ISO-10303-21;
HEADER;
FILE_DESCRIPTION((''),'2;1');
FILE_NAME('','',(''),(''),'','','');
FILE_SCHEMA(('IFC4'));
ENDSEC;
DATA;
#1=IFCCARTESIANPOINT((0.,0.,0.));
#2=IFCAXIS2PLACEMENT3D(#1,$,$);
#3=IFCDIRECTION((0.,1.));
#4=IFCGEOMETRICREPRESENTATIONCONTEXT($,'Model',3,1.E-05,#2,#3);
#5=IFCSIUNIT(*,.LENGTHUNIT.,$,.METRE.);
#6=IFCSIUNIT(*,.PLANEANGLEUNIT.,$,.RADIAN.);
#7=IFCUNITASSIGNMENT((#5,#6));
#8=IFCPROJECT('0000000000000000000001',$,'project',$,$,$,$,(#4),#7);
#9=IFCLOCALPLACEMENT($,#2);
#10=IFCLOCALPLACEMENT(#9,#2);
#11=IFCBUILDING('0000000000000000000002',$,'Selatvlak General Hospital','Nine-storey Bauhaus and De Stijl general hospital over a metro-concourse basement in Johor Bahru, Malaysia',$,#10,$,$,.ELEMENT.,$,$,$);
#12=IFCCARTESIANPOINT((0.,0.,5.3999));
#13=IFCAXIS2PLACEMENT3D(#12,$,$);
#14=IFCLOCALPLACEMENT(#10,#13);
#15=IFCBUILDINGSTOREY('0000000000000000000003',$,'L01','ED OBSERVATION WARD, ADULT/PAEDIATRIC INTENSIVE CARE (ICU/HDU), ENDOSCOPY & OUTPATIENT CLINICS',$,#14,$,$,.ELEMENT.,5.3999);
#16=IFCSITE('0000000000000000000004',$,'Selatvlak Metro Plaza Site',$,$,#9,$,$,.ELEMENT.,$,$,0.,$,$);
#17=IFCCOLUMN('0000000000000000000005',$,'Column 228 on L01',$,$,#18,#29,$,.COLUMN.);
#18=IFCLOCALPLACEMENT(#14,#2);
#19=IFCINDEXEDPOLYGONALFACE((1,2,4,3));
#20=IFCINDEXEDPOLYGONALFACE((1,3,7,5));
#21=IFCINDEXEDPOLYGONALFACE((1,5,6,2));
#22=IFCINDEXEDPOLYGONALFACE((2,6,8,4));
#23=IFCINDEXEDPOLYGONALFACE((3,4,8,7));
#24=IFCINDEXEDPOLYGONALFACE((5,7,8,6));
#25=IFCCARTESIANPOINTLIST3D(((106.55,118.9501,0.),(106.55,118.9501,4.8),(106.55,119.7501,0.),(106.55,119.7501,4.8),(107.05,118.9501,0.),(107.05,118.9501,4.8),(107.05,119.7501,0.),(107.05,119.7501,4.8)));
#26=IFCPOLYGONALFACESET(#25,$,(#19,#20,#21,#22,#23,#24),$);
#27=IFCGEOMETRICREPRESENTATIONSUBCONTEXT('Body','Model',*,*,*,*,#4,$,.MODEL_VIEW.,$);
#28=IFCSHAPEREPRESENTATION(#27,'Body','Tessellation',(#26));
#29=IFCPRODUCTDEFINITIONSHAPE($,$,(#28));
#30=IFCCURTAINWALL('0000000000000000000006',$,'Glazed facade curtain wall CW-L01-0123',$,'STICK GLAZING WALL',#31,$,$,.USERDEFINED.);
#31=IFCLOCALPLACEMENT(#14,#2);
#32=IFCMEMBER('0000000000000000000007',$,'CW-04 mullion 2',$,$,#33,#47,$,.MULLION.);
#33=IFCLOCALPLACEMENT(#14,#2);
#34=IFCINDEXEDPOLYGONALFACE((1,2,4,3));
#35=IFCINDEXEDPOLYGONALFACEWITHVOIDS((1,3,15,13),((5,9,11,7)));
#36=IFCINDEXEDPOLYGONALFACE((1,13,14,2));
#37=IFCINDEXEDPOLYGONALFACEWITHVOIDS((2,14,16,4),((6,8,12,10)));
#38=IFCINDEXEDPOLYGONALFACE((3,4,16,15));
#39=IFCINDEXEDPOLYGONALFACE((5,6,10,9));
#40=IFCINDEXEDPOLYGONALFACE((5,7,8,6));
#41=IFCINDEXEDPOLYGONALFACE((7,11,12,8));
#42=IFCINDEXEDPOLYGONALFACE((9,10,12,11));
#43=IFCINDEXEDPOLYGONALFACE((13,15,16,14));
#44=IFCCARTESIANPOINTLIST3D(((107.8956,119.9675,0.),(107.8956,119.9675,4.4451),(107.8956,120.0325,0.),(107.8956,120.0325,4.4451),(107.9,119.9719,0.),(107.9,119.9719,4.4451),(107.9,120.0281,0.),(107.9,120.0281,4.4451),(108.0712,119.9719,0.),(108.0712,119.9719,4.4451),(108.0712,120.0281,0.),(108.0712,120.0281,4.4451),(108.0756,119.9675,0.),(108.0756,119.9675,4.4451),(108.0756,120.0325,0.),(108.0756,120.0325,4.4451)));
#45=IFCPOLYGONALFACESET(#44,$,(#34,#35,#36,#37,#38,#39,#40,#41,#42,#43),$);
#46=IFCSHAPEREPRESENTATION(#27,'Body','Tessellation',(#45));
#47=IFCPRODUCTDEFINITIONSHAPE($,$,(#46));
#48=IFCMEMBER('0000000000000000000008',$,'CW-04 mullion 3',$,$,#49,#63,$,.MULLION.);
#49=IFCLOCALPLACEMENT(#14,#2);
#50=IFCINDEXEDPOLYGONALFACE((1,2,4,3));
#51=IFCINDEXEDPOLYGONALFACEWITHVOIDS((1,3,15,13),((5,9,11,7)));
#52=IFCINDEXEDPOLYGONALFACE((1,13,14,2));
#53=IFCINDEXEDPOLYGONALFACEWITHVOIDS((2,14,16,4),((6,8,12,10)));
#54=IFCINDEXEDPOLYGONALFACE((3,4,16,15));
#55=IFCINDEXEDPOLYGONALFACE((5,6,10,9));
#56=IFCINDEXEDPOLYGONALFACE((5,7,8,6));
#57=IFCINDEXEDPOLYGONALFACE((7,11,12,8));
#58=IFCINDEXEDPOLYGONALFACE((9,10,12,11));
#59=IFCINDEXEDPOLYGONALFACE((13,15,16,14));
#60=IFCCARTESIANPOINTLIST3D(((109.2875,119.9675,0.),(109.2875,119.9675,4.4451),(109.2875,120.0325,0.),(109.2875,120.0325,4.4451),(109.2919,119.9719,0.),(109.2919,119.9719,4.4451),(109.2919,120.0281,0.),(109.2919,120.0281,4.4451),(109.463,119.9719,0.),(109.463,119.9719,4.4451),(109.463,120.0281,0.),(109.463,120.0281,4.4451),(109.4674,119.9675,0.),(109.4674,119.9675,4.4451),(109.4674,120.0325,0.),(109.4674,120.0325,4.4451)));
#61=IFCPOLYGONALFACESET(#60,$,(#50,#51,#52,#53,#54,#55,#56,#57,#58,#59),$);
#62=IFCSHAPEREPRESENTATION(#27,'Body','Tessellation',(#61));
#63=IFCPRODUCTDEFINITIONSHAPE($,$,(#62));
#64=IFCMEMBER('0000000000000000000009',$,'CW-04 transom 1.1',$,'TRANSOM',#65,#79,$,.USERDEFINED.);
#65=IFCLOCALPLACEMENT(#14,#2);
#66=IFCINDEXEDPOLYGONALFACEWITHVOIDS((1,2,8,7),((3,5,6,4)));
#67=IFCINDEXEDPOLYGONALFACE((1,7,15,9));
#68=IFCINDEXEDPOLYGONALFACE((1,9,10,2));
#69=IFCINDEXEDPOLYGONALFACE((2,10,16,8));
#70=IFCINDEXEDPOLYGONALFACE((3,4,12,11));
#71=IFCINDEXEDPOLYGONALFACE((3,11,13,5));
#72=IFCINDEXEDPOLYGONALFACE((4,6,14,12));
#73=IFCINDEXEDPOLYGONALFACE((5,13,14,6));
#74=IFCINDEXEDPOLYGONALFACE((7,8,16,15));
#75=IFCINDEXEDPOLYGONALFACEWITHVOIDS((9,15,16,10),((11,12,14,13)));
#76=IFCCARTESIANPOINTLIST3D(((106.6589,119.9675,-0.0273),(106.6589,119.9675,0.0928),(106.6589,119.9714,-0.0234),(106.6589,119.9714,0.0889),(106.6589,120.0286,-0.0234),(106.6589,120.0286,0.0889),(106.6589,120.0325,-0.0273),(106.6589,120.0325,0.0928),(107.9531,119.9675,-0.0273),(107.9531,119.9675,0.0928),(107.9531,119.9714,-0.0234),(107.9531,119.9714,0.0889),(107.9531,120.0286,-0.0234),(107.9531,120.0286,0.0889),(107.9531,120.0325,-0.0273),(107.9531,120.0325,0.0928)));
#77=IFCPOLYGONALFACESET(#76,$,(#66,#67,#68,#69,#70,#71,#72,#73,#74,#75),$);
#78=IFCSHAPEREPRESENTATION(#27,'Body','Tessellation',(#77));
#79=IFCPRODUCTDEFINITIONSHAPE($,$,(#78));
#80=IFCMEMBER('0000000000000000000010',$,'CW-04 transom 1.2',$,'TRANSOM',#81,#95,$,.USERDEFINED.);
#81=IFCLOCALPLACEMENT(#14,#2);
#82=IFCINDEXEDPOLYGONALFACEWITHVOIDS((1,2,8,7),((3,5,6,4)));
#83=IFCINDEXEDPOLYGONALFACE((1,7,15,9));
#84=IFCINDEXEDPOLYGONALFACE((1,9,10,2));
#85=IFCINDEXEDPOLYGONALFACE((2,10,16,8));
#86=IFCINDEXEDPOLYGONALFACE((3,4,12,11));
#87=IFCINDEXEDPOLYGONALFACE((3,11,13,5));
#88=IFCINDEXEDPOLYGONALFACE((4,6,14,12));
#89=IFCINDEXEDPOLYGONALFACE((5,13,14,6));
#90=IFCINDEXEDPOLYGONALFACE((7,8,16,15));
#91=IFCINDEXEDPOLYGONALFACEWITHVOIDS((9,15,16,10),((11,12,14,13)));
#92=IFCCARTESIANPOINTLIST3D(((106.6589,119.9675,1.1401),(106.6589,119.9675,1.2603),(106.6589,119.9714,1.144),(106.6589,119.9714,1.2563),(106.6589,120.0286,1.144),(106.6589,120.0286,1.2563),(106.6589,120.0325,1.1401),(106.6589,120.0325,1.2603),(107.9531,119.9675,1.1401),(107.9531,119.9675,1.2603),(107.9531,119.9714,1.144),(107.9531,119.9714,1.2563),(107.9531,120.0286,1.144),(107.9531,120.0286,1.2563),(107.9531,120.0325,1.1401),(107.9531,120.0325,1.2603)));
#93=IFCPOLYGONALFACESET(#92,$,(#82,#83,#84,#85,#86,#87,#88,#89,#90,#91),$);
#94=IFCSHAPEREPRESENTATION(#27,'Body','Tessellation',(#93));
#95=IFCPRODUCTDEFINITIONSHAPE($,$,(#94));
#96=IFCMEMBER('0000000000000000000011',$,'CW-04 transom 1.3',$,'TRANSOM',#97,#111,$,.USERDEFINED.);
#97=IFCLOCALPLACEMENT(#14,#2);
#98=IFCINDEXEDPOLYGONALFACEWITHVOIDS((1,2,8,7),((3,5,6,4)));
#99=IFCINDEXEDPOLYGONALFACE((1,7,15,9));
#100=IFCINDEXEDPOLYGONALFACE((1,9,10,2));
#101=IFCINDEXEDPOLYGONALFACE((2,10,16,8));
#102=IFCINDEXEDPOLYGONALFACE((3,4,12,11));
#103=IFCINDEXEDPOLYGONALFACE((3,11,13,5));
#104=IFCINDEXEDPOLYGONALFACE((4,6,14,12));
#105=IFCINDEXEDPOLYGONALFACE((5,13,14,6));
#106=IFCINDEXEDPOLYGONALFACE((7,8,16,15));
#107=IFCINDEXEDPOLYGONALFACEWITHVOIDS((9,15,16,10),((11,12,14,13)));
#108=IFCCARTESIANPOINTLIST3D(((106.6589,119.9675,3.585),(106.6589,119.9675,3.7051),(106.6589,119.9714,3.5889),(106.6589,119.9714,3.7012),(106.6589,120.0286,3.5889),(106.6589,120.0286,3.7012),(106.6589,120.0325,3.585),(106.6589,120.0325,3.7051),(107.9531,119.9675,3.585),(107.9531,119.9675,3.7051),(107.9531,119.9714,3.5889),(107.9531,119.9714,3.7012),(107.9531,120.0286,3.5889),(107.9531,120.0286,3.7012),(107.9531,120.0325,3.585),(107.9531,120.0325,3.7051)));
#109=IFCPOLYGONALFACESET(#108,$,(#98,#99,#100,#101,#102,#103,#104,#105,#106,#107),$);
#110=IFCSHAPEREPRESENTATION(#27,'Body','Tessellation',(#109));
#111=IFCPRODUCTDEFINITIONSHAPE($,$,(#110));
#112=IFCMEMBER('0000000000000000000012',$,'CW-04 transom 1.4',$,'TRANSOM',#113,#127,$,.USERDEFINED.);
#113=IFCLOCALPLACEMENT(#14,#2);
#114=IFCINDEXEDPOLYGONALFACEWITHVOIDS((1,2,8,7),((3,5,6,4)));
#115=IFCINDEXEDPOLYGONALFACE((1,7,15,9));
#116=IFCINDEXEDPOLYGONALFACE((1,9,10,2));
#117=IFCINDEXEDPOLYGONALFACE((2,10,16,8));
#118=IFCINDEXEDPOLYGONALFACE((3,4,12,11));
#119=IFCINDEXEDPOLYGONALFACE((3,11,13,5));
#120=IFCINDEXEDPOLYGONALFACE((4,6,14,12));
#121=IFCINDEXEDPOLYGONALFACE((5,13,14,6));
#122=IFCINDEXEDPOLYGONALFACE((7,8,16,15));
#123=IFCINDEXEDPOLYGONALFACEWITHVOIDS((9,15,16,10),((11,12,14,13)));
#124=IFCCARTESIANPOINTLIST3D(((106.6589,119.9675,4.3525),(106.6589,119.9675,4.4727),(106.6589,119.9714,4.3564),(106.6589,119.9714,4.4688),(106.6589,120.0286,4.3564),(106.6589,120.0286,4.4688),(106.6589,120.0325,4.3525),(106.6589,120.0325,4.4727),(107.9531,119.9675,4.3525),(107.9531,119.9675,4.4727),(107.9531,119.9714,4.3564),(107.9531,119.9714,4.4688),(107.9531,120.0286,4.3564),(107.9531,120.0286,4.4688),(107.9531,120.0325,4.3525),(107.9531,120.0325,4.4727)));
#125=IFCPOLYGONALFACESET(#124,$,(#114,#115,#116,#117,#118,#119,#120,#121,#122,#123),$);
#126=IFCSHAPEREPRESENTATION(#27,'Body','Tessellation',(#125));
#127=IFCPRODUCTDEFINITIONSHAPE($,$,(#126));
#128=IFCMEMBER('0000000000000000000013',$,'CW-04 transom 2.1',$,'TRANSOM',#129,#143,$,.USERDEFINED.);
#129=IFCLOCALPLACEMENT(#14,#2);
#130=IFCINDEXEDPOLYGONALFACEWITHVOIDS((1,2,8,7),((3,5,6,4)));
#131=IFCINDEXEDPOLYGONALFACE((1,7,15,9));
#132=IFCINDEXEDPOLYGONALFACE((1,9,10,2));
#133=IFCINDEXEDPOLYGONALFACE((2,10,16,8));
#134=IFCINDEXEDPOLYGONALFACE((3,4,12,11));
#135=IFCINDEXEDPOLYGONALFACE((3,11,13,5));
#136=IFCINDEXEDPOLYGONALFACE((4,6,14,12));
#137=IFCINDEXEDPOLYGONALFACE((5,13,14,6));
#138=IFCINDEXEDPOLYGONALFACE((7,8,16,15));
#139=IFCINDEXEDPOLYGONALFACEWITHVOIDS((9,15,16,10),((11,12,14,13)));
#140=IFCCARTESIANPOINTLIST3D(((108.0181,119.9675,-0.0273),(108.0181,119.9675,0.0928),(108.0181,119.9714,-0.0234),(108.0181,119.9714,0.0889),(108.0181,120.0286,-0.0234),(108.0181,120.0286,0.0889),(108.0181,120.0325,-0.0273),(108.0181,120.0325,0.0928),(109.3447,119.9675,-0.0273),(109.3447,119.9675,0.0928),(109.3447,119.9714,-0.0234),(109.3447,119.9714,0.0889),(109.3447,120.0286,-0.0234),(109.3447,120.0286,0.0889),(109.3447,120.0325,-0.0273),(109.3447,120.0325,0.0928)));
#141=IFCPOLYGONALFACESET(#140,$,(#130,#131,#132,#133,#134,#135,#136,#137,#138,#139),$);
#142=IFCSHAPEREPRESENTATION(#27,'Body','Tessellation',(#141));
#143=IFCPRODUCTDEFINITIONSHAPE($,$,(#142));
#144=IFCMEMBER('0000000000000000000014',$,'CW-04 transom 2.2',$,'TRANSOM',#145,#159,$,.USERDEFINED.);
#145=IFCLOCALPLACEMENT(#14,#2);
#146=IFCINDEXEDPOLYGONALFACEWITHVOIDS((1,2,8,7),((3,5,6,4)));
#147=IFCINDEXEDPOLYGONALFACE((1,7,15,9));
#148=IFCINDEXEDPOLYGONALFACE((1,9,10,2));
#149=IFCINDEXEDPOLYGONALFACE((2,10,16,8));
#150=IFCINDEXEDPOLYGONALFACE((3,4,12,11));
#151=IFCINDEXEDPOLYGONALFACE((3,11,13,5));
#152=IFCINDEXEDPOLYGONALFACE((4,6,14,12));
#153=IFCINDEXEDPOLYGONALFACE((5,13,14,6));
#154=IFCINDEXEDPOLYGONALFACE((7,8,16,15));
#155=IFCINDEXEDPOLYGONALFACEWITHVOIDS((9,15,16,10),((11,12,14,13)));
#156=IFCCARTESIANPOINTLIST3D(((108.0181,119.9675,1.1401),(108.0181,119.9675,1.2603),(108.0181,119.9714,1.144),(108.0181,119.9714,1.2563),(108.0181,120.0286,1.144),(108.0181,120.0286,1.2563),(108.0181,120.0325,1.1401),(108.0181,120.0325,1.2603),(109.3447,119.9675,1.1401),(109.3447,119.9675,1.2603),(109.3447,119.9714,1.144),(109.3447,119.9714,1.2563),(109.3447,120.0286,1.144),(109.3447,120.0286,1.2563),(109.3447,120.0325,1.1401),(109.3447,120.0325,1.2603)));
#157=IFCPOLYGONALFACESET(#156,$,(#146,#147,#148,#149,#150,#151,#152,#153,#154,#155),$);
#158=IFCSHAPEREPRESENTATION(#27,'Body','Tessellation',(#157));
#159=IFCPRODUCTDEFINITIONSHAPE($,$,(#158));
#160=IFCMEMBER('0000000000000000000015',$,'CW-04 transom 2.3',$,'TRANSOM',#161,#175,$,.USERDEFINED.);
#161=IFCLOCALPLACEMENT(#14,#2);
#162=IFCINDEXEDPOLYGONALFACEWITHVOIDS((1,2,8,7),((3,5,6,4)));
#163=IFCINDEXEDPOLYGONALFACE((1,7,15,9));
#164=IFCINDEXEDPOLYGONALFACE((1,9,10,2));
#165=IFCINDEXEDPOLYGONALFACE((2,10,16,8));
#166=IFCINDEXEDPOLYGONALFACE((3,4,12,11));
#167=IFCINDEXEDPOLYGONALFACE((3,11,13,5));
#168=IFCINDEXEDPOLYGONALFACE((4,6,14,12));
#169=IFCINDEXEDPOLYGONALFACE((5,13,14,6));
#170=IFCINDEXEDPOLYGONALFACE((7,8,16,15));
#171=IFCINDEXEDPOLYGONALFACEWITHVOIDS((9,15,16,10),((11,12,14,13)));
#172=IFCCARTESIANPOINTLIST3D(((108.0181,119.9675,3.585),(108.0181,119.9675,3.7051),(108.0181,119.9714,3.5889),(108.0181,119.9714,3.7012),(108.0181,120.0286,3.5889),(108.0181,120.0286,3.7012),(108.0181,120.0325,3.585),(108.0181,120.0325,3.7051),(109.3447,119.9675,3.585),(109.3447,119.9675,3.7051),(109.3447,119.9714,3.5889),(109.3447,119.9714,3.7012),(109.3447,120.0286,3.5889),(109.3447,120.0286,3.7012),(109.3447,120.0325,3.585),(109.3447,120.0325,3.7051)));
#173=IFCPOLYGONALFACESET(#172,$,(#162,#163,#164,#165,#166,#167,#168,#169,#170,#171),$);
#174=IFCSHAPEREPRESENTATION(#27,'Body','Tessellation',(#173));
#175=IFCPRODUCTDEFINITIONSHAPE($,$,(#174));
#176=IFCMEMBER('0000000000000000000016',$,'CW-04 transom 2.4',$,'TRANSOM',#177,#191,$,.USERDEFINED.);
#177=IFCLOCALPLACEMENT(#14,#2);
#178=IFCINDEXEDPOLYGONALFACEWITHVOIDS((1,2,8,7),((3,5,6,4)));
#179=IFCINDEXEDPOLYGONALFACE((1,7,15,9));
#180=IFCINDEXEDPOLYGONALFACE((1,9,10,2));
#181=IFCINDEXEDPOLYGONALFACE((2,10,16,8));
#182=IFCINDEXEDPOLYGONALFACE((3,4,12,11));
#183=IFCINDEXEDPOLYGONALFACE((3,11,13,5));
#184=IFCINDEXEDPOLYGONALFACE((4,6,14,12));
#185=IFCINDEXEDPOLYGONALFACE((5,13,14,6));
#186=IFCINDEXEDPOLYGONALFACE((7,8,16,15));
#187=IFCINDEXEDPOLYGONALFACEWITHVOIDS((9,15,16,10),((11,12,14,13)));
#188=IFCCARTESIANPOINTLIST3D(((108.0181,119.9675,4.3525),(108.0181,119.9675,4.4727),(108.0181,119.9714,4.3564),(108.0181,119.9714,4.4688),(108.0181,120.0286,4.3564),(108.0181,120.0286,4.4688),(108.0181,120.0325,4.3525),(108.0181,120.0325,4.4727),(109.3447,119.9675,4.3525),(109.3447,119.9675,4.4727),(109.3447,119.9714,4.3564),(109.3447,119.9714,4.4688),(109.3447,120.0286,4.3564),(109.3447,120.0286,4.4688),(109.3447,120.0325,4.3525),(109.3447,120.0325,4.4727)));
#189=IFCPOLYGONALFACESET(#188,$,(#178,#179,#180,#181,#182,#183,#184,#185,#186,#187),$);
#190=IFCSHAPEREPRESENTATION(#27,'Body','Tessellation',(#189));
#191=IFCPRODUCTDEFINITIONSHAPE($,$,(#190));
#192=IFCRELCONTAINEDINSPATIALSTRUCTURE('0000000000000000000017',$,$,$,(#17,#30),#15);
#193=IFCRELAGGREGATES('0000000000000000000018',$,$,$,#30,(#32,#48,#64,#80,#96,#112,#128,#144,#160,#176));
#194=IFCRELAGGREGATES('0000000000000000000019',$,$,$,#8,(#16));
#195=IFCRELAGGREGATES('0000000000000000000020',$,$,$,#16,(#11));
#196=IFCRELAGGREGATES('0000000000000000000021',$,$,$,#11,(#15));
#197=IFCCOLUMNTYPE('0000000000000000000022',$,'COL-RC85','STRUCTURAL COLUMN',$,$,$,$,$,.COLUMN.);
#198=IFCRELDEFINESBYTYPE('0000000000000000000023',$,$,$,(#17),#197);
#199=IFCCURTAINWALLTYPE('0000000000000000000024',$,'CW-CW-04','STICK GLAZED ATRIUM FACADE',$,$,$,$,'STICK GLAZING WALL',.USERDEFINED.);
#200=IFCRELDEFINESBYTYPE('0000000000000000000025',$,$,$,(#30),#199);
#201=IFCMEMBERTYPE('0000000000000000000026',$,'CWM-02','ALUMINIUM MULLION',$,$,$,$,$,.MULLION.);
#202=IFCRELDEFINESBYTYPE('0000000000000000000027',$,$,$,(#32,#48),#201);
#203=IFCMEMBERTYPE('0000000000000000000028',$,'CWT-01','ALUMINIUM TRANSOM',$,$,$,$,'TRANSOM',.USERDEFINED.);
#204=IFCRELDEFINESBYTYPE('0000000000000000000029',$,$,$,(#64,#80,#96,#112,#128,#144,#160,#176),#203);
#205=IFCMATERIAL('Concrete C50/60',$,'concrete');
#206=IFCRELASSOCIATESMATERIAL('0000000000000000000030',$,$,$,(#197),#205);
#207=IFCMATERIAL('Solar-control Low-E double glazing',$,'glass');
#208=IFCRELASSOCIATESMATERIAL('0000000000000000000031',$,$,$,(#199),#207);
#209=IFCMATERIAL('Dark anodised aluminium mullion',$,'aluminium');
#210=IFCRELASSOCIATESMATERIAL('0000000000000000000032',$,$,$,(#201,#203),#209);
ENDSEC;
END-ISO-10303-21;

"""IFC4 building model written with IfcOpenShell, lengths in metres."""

from ifc_helpers import new_model, si_unit, direction, frame, origin, origin_2d, place, context, subcontext, project, spatial, rectangle, hollow_rectangle, extrude, material, material_profile, profile_set, type_object, element, aggregate, save


model = new_model("IFC4")

# Units and contexts
model_context = context("Model", 3, precision=1e-05, world=origin(), true_north=direction((0.0, 1.0)))
body_context = subcontext(model_context, "Body", "Model", "MODEL_VIEW")
ifc_project = project(units=[si_unit("LENGTHUNIT", "METRE"), si_unit("PLANEANGLEUNIT", "RADIAN")], contexts=[model_context])

# Site, building, storey
site_placement = place(None, origin())
site = spatial("IfcSite", under=ifc_project, at=site_placement, Name="Selatvlak Metro Plaza Site", CompositionType="ELEMENT", RefElevation=0.0)
building_placement = place(site_placement, origin())
building = spatial("IfcBuilding", under=site, at=building_placement, Name="Selatvlak General Hospital", Description="Nine-storey Bauhaus and De Stijl general hospital over a metro-concourse basement in Johor Bahru, Malaysia", CompositionType="ELEMENT")
storey_placement = place(building_placement, frame((0.0, 0.0, 5.3999)))
storey = spatial("IfcBuildingStorey", under=building, at=storey_placement, Name="L01", Description="ED OBSERVATION WARD, ADULT/PAEDIATRIC INTENSIVE CARE (ICU/HDU), ENDOSCOPY & OUTPATIENT CLINICS", CompositionType="ELEMENT", Elevation=5.3999)

# Column
ifc_material_1 = material(Name="Concrete C50/60", Category="concrete")
ifc_material_profile_1 = material_profile(ifc_material_1, rectangle(XDim=0.5, YDim=0.8, at=origin_2d()), Name="RC-COL 800x500")
ifc_profile_set_1 = profile_set([ifc_material_profile_1], Name="Concrete C50/60")
column_type = type_object("IfcColumnType", Name="COL-RC85", Description="STRUCTURAL COLUMN", PredefinedType="COLUMN", material=ifc_profile_set_1)
column_placement = place(storey_placement, frame((106.8, 119.3501, 0.0), z_axis=(0.0, 0.0, 1.0), x_axis=(1.0, 0.0, 0.0)))
element("IfcColumn", 1, at=column_placement, inside=storey, type_object=column_type, Name="Column 228 on L01", PredefinedType="COLUMN", context=body_context, shape_type="SweptSolid", body=[
    extrude(rectangle(XDim=0.5, YDim=0.8, at=origin_2d()), origin(), (0.0, 0.0, 1.0), 4.8),
])

# Curtain wall, members
ifc_material_2 = material(Name="Solar-control Low-E double glazing", Category="glass")
curtain_wall_type = type_object("IfcCurtainWallType", Name="CW-CW-04", Description="STICK GLAZED ATRIUM FACADE", ElementType="STICK GLAZING WALL", PredefinedType="USERDEFINED", material=ifc_material_2)
curtain_wall_placement = place(storey_placement, origin())
curtain_wall = element("IfcCurtainWall", 2, at=curtain_wall_placement, inside=storey, type_object=curtain_wall_type, Name="Glazed facade curtain wall CW-L01-0123", ObjectType="STICK GLAZING WALL", PredefinedType="USERDEFINED")
ifc_material_3 = material(Name="Dark anodised aluminium mullion", Category="aluminium")
ifc_material_profile_2 = material_profile(ifc_material_3, hollow_rectangle(XDim=0.0649, YDim=0.1799, WallThickness=0.0044, at=origin_2d()), Name="AL-MUL 65x180x4.5")
ifc_profile_set_2 = profile_set([ifc_material_profile_2], Name="Dark anodised aluminium mullion")
member_type_1 = type_object("IfcMemberType", Name="CWM-02", Description="ALUMINIUM MULLION", PredefinedType="MULLION", material=ifc_profile_set_2)
member_1_placement = place(storey_placement, frame((107.9856, 120.0, 0.0), z_axis=(0.0, 0.0, 1.0), x_axis=(0.0, 1.0, 0.0)))
member_1 = element("IfcMember", 3, at=member_1_placement, type_object=member_type_1, Name="CW-04 mullion 2", PredefinedType="MULLION", context=body_context, shape_type="SweptSolid", body=[
    extrude(hollow_rectangle(XDim=0.0649, YDim=0.1799, WallThickness=0.0044, at=origin_2d()), origin(), (0.0, 0.0, 1.0), 4.4451),
])
member_2_placement = place(storey_placement, frame((109.3774, 120.0, 0.0), z_axis=(0.0, 0.0, 1.0), x_axis=(0.0, 1.0, 0.0)))
member_2 = element("IfcMember", 4, at=member_2_placement, type_object=member_type_1, Name="CW-04 mullion 3", PredefinedType="MULLION", context=body_context, shape_type="SweptSolid", body=[
    extrude(hollow_rectangle(XDim=0.0649, YDim=0.1799, WallThickness=0.0044, at=origin_2d()), origin(), (0.0, 0.0, 1.0), 4.4451),
])
ifc_material_profile_3 = material_profile(ifc_material_3, hollow_rectangle(XDim=0.0649, YDim=0.1201, WallThickness=0.0039, at=origin_2d()), Name="AL-TRN 65x120x4")
ifc_profile_set_3 = profile_set([ifc_material_profile_3], Name="Dark anodised aluminium mullion")
member_type_2 = type_object("IfcMemberType", Name="CWT-01", Description="ALUMINIUM TRANSOM", ElementType="TRANSOM", PredefinedType="USERDEFINED", material=ifc_profile_set_3)
member_3_placement = place(storey_placement, frame((106.6589, 120.0, 0.0327), z_axis=(1.0, 0.0, 0.0), x_axis=(0.0, 1.0, 0.0)))
member_3 = element("IfcMember", 5, at=member_3_placement, type_object=member_type_2, Name="CW-04 transom 1.1", ObjectType="TRANSOM", PredefinedType="USERDEFINED", context=body_context, shape_type="SweptSolid", body=[
    extrude(hollow_rectangle(XDim=0.0649, YDim=0.1201, WallThickness=0.0039, at=origin_2d()), origin(), (0.0, 0.0, 1.0), 1.2942),
])
member_4_placement = place(storey_placement, frame((106.6589, 120.0, 1.2002), z_axis=(1.0, 0.0, 0.0), x_axis=(0.0, 1.0, 0.0)))
member_4 = element("IfcMember", 6, at=member_4_placement, type_object=member_type_2, Name="CW-04 transom 1.2", ObjectType="TRANSOM", PredefinedType="USERDEFINED", context=body_context, shape_type="SweptSolid", body=[
    extrude(hollow_rectangle(XDim=0.0649, YDim=0.1201, WallThickness=0.0039, at=origin_2d()), origin(), (0.0, 0.0, 1.0), 1.2942),
])
member_5_placement = place(storey_placement, frame((106.6589, 120.0, 3.645), z_axis=(1.0, 0.0, 0.0), x_axis=(0.0, 1.0, 0.0)))
member_5 = element("IfcMember", 7, at=member_5_placement, type_object=member_type_2, Name="CW-04 transom 1.3", ObjectType="TRANSOM", PredefinedType="USERDEFINED", context=body_context, shape_type="SweptSolid", body=[
    extrude(hollow_rectangle(XDim=0.0649, YDim=0.1201, WallThickness=0.0039, at=origin_2d()), origin(), (0.0, 0.0, 1.0), 1.2942),
])
member_6_placement = place(storey_placement, frame((106.6589, 120.0, 4.4126), z_axis=(1.0, 0.0, 0.0), x_axis=(0.0, 1.0, 0.0)))
member_6 = element("IfcMember", 8, at=member_6_placement, type_object=member_type_2, Name="CW-04 transom 1.4", ObjectType="TRANSOM", PredefinedType="USERDEFINED", context=body_context, shape_type="SweptSolid", body=[
    extrude(hollow_rectangle(XDim=0.0649, YDim=0.1201, WallThickness=0.0039, at=origin_2d()), origin(), (0.0, 0.0, 1.0), 1.2942),
])
member_7_placement = place(storey_placement, frame((108.0181, 120.0, 0.0327), z_axis=(1.0, 0.0, 0.0), x_axis=(0.0, 1.0, 0.0)))
member_7 = element("IfcMember", 9, at=member_7_placement, type_object=member_type_2, Name="CW-04 transom 2.1", ObjectType="TRANSOM", PredefinedType="USERDEFINED", context=body_context, shape_type="SweptSolid", body=[
    extrude(hollow_rectangle(XDim=0.0649, YDim=0.1201, WallThickness=0.0039, at=origin_2d()), origin(), (0.0, 0.0, 1.0), 1.3267),
])
member_8_placement = place(storey_placement, frame((108.0181, 120.0, 1.2002), z_axis=(1.0, 0.0, 0.0), x_axis=(0.0, 1.0, 0.0)))
member_8 = element("IfcMember", 10, at=member_8_placement, type_object=member_type_2, Name="CW-04 transom 2.2", ObjectType="TRANSOM", PredefinedType="USERDEFINED", context=body_context, shape_type="SweptSolid", body=[
    extrude(hollow_rectangle(XDim=0.0649, YDim=0.1201, WallThickness=0.0039, at=origin_2d()), origin(), (0.0, 0.0, 1.0), 1.3267),
])
member_9_placement = place(storey_placement, frame((108.0181, 120.0, 3.645), z_axis=(1.0, 0.0, 0.0), x_axis=(0.0, 1.0, 0.0)))
member_9 = element("IfcMember", 11, at=member_9_placement, type_object=member_type_2, Name="CW-04 transom 2.3", ObjectType="TRANSOM", PredefinedType="USERDEFINED", context=body_context, shape_type="SweptSolid", body=[
    extrude(hollow_rectangle(XDim=0.0649, YDim=0.1201, WallThickness=0.0039, at=origin_2d()), origin(), (0.0, 0.0, 1.0), 1.3267),
])
member_10_placement = place(storey_placement, frame((108.0181, 120.0, 4.4126), z_axis=(1.0, 0.0, 0.0), x_axis=(0.0, 1.0, 0.0)))
member_10 = element("IfcMember", 12, at=member_10_placement, type_object=member_type_2, Name="CW-04 transom 2.4", ObjectType="TRANSOM", PredefinedType="USERDEFINED", context=body_context, shape_type="SweptSolid", body=[
    extrude(hollow_rectangle(XDim=0.0649, YDim=0.1201, WallThickness=0.0039, at=origin_2d()), origin(), (0.0, 0.0, 1.0), 1.3267),
])
aggregate(curtain_wall, [member_1, member_2, member_3, member_4, member_5, member_6, member_7, member_8, member_9, member_10])

save(model, "model.ifc")
